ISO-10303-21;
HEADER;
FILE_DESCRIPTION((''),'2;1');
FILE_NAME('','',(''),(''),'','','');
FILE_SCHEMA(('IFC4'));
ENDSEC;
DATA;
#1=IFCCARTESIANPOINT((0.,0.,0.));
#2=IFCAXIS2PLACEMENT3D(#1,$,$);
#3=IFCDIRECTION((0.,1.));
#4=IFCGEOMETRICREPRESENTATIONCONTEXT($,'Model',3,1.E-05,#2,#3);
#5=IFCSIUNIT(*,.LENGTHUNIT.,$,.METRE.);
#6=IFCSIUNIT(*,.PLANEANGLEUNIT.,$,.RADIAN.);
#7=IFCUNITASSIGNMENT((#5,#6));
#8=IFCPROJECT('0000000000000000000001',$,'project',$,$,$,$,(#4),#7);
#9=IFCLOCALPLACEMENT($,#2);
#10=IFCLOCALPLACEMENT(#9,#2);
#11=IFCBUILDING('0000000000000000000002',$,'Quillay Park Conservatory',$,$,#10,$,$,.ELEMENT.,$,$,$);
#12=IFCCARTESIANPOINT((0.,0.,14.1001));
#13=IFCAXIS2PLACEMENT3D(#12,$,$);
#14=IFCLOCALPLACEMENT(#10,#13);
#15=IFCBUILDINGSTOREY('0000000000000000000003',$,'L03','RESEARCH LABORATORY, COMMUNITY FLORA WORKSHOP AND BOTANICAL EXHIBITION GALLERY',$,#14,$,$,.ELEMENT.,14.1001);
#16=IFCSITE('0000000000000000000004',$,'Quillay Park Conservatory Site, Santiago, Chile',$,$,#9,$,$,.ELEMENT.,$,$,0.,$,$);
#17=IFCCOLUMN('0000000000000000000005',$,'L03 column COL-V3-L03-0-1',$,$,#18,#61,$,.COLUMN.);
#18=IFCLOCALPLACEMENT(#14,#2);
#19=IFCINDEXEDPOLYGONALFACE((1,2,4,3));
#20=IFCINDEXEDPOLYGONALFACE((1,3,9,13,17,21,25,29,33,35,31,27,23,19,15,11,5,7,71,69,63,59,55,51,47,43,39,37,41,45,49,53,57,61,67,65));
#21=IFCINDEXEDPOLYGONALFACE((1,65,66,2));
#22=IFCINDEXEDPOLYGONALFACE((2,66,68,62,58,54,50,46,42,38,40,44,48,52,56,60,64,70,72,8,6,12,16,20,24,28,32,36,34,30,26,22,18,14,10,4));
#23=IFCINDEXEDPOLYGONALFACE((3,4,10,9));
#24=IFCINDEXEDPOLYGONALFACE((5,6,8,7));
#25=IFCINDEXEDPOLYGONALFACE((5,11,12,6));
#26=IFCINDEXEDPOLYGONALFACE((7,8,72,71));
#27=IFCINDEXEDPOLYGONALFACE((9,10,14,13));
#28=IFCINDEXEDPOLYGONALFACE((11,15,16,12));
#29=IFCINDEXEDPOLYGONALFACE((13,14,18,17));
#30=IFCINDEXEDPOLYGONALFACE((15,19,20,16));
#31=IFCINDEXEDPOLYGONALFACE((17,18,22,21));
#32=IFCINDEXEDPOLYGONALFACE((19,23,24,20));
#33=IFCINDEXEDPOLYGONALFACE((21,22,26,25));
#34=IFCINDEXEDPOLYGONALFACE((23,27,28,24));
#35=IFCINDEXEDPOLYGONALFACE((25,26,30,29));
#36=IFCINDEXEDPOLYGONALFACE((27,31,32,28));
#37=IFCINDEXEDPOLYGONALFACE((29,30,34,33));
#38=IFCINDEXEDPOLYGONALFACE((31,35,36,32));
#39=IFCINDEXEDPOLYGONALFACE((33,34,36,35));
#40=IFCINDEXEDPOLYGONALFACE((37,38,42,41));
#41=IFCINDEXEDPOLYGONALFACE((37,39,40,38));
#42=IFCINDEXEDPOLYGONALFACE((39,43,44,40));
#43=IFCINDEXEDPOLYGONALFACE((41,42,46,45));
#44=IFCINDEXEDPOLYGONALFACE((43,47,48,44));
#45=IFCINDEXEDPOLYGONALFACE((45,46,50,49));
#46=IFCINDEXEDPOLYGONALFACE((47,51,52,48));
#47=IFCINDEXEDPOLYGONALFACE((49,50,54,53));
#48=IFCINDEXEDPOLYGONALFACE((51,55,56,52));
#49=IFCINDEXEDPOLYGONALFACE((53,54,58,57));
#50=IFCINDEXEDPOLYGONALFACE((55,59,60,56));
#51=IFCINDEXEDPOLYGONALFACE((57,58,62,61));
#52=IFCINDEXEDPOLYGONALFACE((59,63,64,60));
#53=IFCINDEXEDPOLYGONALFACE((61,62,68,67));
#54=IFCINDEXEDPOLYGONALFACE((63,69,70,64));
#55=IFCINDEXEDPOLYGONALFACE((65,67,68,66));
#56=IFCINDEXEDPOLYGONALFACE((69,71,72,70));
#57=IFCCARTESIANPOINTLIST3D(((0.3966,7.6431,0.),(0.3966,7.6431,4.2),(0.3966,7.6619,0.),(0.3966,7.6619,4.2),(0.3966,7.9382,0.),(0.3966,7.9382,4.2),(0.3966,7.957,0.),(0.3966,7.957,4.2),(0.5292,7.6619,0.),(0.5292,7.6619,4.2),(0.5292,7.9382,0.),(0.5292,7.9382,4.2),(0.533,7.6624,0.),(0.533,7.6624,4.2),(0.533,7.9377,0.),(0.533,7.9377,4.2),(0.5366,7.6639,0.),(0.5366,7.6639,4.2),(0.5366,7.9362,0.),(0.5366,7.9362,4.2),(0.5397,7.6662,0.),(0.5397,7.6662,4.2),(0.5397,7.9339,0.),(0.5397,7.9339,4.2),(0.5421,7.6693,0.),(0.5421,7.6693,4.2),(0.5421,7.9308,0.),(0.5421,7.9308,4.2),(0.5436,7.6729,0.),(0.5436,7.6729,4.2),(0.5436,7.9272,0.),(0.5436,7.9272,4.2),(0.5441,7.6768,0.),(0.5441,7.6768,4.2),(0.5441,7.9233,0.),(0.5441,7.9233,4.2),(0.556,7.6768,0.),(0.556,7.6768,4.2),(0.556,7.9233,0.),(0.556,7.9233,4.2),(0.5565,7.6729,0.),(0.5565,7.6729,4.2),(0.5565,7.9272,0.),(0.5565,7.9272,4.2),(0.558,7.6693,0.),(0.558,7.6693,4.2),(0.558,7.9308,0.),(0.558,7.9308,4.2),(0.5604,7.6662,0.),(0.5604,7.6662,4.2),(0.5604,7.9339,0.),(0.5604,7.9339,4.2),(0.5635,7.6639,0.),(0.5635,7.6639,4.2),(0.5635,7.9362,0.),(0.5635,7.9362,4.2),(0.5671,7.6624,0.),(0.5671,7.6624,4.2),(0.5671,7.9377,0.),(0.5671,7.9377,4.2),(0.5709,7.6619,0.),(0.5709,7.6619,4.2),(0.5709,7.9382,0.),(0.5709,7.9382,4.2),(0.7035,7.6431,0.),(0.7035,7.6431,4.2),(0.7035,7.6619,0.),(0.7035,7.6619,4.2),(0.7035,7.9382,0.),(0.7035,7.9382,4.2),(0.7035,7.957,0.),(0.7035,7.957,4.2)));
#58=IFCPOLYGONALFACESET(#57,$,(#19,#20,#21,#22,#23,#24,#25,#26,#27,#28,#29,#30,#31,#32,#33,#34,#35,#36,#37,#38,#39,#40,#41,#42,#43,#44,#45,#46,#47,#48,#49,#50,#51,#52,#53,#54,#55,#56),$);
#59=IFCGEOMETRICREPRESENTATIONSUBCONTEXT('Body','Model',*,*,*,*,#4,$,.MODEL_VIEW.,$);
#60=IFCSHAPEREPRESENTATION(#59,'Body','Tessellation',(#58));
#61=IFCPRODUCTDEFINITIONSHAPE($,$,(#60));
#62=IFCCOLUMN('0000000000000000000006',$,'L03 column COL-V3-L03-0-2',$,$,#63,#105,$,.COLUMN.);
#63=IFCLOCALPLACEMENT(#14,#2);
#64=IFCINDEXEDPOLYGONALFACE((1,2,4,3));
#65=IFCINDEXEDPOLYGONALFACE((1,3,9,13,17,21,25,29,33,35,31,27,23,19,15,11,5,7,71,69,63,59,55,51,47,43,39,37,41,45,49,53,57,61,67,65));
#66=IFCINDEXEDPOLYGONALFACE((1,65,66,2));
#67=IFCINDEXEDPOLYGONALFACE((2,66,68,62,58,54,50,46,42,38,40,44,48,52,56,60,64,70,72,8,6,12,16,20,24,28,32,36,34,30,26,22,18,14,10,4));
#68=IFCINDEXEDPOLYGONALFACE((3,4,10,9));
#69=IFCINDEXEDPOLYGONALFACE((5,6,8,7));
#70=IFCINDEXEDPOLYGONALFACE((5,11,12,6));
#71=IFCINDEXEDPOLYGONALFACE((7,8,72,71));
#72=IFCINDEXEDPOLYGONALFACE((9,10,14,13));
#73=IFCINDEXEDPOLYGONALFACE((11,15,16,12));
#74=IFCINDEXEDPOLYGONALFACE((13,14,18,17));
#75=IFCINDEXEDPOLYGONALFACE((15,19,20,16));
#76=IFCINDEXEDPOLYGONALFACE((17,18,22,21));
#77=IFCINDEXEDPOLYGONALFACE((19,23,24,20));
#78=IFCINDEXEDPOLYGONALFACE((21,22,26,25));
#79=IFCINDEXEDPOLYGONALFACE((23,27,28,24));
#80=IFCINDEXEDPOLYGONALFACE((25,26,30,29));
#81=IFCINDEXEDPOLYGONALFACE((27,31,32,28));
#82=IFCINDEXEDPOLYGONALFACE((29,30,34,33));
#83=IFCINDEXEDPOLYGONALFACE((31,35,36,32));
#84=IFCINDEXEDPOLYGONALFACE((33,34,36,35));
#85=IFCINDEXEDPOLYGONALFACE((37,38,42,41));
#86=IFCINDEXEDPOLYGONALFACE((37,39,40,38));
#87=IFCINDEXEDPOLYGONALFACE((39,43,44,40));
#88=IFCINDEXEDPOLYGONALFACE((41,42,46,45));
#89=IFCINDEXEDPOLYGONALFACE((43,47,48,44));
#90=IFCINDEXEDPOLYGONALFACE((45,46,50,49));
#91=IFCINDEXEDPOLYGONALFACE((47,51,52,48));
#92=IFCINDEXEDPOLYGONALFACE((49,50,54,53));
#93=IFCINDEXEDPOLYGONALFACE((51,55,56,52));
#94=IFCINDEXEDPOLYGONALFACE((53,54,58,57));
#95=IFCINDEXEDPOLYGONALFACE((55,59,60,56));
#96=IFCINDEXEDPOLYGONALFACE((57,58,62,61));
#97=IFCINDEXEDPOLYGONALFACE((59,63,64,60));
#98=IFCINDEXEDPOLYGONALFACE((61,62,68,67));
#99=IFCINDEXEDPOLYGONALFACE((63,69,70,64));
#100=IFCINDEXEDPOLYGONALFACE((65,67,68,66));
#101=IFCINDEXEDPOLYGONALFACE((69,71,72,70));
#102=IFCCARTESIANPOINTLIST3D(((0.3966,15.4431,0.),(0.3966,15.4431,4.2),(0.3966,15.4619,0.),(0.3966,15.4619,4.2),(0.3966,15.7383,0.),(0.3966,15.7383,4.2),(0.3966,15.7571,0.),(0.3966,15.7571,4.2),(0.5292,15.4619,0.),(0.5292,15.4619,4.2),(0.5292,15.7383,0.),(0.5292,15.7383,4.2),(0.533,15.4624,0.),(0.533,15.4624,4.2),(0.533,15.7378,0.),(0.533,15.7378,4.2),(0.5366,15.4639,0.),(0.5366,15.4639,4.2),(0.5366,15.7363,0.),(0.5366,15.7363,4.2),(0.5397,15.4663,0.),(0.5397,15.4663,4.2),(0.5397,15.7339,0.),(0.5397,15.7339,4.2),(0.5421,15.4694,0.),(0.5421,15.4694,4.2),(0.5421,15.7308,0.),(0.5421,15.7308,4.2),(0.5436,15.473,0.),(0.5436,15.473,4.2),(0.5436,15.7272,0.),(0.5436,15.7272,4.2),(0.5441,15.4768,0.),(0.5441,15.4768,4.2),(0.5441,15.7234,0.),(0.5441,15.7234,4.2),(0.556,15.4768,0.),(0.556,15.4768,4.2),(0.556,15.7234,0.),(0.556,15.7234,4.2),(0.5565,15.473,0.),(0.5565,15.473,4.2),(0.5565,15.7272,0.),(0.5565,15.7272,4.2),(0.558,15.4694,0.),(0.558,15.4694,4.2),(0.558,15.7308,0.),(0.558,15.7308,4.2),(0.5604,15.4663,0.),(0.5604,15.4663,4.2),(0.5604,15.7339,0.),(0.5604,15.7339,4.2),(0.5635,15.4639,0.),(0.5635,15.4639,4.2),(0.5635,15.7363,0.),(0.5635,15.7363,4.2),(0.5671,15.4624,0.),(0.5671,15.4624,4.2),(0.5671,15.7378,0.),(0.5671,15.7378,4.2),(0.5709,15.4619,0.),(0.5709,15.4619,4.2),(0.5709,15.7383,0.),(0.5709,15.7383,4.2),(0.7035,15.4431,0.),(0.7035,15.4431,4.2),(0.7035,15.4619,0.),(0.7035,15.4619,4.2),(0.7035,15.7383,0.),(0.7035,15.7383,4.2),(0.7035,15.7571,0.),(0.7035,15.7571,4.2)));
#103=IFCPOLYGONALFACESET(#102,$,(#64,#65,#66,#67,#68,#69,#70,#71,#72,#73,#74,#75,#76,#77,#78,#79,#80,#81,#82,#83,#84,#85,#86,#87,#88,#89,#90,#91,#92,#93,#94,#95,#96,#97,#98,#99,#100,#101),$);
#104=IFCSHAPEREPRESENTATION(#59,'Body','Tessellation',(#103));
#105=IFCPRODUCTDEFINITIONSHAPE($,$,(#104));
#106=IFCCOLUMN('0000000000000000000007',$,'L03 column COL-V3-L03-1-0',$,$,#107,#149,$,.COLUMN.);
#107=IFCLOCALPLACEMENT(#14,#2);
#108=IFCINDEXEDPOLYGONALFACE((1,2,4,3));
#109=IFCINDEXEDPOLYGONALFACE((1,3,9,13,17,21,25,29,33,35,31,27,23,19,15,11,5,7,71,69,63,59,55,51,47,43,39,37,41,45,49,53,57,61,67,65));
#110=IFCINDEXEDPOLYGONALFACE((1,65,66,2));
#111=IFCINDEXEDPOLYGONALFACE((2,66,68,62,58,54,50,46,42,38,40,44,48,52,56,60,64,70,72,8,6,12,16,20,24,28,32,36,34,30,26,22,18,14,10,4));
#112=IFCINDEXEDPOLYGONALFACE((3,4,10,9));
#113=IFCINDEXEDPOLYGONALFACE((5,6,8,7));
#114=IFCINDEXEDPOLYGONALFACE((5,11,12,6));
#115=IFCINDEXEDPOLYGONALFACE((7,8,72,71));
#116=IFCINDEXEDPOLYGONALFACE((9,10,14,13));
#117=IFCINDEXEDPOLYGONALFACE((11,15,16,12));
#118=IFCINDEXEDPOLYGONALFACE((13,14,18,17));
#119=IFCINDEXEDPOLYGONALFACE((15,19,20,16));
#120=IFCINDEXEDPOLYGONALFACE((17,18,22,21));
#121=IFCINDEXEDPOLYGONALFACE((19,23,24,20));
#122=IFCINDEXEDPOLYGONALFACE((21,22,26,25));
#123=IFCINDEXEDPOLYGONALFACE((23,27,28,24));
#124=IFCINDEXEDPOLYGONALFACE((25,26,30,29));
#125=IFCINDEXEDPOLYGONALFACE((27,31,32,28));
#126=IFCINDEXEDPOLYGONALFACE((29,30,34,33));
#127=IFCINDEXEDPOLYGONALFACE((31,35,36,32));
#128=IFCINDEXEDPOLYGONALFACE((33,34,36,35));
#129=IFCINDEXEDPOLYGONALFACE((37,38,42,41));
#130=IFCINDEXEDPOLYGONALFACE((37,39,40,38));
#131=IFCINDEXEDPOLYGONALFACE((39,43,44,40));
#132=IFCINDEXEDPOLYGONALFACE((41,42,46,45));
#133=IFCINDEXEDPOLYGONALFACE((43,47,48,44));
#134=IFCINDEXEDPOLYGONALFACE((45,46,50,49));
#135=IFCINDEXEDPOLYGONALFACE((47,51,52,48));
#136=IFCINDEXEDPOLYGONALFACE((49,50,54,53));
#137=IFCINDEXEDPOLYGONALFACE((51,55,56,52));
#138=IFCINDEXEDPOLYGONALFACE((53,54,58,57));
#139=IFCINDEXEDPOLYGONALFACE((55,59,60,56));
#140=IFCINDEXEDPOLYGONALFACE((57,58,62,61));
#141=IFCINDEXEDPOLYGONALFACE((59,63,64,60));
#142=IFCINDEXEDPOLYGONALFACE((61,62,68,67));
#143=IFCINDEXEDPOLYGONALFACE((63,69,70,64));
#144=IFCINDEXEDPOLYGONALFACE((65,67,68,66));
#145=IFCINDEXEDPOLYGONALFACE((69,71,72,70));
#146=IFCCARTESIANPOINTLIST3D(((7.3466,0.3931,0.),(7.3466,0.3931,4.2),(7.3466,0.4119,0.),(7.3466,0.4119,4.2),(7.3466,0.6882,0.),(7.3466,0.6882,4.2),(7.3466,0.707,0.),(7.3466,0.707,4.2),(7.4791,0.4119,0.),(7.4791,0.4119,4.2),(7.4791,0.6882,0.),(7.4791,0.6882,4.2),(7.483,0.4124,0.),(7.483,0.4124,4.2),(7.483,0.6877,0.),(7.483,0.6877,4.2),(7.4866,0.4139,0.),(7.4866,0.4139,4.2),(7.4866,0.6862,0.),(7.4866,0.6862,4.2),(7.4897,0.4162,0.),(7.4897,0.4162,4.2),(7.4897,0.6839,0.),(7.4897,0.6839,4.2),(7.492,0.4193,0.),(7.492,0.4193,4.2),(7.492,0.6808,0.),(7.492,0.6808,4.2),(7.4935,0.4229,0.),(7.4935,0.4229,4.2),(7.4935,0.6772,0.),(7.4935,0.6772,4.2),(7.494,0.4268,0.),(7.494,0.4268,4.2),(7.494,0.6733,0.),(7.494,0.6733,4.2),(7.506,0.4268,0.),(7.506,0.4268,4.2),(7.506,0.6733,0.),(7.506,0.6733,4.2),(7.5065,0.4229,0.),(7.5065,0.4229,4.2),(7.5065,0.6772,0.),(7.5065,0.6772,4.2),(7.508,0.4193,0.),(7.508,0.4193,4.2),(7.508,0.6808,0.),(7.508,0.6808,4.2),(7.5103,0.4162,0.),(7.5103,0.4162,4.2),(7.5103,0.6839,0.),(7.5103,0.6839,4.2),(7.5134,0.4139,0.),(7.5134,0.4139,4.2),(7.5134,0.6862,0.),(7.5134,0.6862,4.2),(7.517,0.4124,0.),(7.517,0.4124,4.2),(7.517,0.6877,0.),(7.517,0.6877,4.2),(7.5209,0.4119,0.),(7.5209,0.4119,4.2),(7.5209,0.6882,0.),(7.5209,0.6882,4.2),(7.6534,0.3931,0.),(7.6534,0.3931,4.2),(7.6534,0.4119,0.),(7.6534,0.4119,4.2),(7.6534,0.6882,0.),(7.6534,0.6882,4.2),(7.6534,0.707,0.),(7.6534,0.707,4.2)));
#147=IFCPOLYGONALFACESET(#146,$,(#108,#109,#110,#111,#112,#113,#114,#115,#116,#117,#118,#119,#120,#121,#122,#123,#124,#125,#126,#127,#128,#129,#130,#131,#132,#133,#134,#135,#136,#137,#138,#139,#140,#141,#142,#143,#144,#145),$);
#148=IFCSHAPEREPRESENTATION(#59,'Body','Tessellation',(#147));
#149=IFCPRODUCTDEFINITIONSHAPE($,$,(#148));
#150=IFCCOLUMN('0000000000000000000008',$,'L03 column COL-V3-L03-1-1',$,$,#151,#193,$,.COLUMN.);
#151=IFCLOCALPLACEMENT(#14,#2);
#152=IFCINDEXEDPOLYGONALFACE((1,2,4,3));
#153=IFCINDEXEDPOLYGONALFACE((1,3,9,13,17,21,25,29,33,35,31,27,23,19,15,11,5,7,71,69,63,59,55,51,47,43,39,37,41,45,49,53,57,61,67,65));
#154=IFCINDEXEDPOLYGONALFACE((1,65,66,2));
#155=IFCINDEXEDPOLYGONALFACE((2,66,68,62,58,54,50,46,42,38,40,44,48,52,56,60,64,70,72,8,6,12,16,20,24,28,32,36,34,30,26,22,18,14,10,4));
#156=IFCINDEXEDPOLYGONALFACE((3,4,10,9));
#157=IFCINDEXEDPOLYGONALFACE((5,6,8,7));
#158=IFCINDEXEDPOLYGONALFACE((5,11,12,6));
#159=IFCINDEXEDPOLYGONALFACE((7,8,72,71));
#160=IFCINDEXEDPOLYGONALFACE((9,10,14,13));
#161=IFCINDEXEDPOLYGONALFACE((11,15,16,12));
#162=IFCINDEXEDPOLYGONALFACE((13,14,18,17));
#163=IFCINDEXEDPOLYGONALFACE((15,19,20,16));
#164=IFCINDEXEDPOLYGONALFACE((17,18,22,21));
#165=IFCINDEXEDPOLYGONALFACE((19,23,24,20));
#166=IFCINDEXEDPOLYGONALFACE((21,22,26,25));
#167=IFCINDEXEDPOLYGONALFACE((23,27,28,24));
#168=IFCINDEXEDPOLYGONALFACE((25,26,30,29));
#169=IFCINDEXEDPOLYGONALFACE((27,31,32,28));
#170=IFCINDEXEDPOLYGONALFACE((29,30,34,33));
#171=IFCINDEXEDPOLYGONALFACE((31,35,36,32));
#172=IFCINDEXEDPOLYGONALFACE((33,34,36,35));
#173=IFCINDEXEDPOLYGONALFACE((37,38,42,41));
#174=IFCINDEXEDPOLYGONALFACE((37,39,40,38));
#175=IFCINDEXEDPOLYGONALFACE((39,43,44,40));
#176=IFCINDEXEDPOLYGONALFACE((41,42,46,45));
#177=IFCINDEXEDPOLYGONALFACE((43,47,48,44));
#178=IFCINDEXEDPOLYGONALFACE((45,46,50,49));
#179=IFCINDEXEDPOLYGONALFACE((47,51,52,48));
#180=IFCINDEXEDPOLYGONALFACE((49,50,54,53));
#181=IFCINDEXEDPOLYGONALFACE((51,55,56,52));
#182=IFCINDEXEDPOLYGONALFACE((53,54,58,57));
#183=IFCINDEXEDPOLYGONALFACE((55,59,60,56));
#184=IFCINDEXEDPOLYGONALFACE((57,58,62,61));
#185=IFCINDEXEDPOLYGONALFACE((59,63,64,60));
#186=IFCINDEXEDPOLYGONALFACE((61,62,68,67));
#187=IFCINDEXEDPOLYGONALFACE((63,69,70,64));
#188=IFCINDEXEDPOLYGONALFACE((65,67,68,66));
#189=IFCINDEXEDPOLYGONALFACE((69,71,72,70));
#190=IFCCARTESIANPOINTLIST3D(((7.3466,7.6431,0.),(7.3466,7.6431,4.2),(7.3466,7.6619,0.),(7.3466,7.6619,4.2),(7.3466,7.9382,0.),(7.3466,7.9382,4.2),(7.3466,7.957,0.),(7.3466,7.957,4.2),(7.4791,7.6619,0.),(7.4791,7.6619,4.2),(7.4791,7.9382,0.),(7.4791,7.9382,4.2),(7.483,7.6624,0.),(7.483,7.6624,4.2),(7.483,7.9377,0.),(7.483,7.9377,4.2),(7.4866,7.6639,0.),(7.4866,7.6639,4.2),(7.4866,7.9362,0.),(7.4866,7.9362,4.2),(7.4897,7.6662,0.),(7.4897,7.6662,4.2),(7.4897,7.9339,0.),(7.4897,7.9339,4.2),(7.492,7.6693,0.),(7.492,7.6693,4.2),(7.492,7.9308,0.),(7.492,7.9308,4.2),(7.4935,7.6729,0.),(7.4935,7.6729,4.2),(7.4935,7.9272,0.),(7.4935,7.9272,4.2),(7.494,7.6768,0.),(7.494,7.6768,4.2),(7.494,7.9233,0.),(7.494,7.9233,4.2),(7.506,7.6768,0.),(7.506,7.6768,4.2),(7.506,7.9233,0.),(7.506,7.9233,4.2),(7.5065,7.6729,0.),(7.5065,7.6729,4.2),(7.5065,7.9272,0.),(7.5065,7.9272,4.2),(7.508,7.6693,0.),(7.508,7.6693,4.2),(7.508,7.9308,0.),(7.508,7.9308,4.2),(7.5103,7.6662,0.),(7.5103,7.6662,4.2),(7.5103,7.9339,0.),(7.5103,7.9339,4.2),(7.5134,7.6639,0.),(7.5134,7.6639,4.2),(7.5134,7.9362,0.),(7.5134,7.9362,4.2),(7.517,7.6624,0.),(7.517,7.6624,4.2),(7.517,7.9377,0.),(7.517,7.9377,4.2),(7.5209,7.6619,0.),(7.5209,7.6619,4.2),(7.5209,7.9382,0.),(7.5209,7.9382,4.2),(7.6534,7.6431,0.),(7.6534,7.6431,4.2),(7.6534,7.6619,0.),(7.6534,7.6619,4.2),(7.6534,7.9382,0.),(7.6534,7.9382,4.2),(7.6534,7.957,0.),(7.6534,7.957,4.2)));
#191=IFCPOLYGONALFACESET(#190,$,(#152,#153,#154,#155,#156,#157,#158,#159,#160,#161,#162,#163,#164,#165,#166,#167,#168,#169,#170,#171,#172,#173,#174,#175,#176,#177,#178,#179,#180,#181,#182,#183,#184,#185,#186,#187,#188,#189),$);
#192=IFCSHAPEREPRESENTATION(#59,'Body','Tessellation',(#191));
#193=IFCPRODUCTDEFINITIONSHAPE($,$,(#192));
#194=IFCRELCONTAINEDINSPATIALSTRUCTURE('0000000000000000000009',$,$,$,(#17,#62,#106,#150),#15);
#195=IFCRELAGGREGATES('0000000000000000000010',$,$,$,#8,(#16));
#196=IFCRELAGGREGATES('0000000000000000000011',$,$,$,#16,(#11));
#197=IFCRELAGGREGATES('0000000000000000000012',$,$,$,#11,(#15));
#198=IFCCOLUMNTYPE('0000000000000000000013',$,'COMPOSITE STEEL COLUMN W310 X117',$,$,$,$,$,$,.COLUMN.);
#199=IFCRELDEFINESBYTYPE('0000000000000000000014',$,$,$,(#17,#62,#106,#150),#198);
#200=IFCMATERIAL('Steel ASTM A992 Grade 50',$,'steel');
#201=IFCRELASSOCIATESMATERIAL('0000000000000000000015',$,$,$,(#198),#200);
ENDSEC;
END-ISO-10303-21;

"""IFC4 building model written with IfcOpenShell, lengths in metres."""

from ifc_helpers import new_model, si_unit, direction, frame, origin, origin_2d, place, context, subcontext, project, spatial, i_section, extrude, material, material_profile, profile_set, type_object, element, save


model = new_model("IFC4")

# Units and contexts
model_context = context("Model", 3, precision=1e-05, world=origin(), true_north=direction((0.0, 1.0)))
body_context = subcontext(model_context, "Body", "Model", "MODEL_VIEW")
ifc_project = project(units=[si_unit("LENGTHUNIT", "METRE"), si_unit("PLANEANGLEUNIT", "RADIAN")], contexts=[model_context])

# Site, building, storey
site_placement = place(None, origin())
site = spatial("IfcSite", under=ifc_project, at=site_placement, Name="Quillay Park Conservatory Site, Santiago, Chile", CompositionType="ELEMENT", RefElevation=0.0)
building_placement = place(site_placement, origin())
building = spatial("IfcBuilding", under=site, at=building_placement, Name="Quillay Park Conservatory", CompositionType="ELEMENT")
storey_placement = place(building_placement, frame((0.0, 0.0, 14.1001)))
storey = spatial("IfcBuildingStorey", under=building, at=storey_placement, Name="L03", Description="RESEARCH LABORATORY, COMMUNITY FLORA WORKSHOP AND BOTANICAL EXHIBITION GALLERY", CompositionType="ELEMENT", Elevation=14.1001)

# Columns
ifc_material_1 = material(Name="Steel ASTM A992 Grade 50", Category="steel")
ifc_material_profile_1 = material_profile(ifc_material_1, i_section(OverallWidth=0.3069, OverallDepth=0.314, WebThickness=0.012, FlangeThickness=0.0188, FilletRadius=0.0149, at=origin_2d()), Name="W310x117")
ifc_profile_set_1 = profile_set([ifc_material_profile_1], Name="Steel ASTM A992 Grade 50")
column_type = type_object("IfcColumnType", Name="COMPOSITE STEEL COLUMN W310 X117", PredefinedType="COLUMN", material=ifc_profile_set_1)
for number, where, z_axis, x_axis, name in (
    (1, (0.55, 7.8, 0.0), (0.0, 0.0, 1.0), (1.0, 0.0, 0.0), "L03 column COL-V3-L03-0-1"),
    (2, (0.55, 15.6001, 0.0), (0.0, 0.0, 1.0), (1.0, 0.0, 0.0), "L03 column COL-V3-L03-0-2"),
    (3, (7.5, 0.55, 0.0), (0.0, 0.0, 1.0), (1.0, 0.0, 0.0), "L03 column COL-V3-L03-1-0"),
    (4, (7.5, 7.8, 0.0), (0.0, 0.0, 1.0), (1.0, 0.0, 0.0), "L03 column COL-V3-L03-1-1"),
):
    element("IfcColumn", number, at=place(storey_placement, frame(where, z_axis=z_axis, x_axis=x_axis)), inside=storey, type_object=column_type, Name=name, PredefinedType="COLUMN", context=body_context, shape_type="SweptSolid", body=[
        extrude(i_section(OverallWidth=0.3069, OverallDepth=0.314, WebThickness=0.012, FlangeThickness=0.0188, FilletRadius=0.0149, at=origin_2d()), origin(), (0.0, 0.0, 1.0), 4.2),
    ])

save(model, "model.ifc")
